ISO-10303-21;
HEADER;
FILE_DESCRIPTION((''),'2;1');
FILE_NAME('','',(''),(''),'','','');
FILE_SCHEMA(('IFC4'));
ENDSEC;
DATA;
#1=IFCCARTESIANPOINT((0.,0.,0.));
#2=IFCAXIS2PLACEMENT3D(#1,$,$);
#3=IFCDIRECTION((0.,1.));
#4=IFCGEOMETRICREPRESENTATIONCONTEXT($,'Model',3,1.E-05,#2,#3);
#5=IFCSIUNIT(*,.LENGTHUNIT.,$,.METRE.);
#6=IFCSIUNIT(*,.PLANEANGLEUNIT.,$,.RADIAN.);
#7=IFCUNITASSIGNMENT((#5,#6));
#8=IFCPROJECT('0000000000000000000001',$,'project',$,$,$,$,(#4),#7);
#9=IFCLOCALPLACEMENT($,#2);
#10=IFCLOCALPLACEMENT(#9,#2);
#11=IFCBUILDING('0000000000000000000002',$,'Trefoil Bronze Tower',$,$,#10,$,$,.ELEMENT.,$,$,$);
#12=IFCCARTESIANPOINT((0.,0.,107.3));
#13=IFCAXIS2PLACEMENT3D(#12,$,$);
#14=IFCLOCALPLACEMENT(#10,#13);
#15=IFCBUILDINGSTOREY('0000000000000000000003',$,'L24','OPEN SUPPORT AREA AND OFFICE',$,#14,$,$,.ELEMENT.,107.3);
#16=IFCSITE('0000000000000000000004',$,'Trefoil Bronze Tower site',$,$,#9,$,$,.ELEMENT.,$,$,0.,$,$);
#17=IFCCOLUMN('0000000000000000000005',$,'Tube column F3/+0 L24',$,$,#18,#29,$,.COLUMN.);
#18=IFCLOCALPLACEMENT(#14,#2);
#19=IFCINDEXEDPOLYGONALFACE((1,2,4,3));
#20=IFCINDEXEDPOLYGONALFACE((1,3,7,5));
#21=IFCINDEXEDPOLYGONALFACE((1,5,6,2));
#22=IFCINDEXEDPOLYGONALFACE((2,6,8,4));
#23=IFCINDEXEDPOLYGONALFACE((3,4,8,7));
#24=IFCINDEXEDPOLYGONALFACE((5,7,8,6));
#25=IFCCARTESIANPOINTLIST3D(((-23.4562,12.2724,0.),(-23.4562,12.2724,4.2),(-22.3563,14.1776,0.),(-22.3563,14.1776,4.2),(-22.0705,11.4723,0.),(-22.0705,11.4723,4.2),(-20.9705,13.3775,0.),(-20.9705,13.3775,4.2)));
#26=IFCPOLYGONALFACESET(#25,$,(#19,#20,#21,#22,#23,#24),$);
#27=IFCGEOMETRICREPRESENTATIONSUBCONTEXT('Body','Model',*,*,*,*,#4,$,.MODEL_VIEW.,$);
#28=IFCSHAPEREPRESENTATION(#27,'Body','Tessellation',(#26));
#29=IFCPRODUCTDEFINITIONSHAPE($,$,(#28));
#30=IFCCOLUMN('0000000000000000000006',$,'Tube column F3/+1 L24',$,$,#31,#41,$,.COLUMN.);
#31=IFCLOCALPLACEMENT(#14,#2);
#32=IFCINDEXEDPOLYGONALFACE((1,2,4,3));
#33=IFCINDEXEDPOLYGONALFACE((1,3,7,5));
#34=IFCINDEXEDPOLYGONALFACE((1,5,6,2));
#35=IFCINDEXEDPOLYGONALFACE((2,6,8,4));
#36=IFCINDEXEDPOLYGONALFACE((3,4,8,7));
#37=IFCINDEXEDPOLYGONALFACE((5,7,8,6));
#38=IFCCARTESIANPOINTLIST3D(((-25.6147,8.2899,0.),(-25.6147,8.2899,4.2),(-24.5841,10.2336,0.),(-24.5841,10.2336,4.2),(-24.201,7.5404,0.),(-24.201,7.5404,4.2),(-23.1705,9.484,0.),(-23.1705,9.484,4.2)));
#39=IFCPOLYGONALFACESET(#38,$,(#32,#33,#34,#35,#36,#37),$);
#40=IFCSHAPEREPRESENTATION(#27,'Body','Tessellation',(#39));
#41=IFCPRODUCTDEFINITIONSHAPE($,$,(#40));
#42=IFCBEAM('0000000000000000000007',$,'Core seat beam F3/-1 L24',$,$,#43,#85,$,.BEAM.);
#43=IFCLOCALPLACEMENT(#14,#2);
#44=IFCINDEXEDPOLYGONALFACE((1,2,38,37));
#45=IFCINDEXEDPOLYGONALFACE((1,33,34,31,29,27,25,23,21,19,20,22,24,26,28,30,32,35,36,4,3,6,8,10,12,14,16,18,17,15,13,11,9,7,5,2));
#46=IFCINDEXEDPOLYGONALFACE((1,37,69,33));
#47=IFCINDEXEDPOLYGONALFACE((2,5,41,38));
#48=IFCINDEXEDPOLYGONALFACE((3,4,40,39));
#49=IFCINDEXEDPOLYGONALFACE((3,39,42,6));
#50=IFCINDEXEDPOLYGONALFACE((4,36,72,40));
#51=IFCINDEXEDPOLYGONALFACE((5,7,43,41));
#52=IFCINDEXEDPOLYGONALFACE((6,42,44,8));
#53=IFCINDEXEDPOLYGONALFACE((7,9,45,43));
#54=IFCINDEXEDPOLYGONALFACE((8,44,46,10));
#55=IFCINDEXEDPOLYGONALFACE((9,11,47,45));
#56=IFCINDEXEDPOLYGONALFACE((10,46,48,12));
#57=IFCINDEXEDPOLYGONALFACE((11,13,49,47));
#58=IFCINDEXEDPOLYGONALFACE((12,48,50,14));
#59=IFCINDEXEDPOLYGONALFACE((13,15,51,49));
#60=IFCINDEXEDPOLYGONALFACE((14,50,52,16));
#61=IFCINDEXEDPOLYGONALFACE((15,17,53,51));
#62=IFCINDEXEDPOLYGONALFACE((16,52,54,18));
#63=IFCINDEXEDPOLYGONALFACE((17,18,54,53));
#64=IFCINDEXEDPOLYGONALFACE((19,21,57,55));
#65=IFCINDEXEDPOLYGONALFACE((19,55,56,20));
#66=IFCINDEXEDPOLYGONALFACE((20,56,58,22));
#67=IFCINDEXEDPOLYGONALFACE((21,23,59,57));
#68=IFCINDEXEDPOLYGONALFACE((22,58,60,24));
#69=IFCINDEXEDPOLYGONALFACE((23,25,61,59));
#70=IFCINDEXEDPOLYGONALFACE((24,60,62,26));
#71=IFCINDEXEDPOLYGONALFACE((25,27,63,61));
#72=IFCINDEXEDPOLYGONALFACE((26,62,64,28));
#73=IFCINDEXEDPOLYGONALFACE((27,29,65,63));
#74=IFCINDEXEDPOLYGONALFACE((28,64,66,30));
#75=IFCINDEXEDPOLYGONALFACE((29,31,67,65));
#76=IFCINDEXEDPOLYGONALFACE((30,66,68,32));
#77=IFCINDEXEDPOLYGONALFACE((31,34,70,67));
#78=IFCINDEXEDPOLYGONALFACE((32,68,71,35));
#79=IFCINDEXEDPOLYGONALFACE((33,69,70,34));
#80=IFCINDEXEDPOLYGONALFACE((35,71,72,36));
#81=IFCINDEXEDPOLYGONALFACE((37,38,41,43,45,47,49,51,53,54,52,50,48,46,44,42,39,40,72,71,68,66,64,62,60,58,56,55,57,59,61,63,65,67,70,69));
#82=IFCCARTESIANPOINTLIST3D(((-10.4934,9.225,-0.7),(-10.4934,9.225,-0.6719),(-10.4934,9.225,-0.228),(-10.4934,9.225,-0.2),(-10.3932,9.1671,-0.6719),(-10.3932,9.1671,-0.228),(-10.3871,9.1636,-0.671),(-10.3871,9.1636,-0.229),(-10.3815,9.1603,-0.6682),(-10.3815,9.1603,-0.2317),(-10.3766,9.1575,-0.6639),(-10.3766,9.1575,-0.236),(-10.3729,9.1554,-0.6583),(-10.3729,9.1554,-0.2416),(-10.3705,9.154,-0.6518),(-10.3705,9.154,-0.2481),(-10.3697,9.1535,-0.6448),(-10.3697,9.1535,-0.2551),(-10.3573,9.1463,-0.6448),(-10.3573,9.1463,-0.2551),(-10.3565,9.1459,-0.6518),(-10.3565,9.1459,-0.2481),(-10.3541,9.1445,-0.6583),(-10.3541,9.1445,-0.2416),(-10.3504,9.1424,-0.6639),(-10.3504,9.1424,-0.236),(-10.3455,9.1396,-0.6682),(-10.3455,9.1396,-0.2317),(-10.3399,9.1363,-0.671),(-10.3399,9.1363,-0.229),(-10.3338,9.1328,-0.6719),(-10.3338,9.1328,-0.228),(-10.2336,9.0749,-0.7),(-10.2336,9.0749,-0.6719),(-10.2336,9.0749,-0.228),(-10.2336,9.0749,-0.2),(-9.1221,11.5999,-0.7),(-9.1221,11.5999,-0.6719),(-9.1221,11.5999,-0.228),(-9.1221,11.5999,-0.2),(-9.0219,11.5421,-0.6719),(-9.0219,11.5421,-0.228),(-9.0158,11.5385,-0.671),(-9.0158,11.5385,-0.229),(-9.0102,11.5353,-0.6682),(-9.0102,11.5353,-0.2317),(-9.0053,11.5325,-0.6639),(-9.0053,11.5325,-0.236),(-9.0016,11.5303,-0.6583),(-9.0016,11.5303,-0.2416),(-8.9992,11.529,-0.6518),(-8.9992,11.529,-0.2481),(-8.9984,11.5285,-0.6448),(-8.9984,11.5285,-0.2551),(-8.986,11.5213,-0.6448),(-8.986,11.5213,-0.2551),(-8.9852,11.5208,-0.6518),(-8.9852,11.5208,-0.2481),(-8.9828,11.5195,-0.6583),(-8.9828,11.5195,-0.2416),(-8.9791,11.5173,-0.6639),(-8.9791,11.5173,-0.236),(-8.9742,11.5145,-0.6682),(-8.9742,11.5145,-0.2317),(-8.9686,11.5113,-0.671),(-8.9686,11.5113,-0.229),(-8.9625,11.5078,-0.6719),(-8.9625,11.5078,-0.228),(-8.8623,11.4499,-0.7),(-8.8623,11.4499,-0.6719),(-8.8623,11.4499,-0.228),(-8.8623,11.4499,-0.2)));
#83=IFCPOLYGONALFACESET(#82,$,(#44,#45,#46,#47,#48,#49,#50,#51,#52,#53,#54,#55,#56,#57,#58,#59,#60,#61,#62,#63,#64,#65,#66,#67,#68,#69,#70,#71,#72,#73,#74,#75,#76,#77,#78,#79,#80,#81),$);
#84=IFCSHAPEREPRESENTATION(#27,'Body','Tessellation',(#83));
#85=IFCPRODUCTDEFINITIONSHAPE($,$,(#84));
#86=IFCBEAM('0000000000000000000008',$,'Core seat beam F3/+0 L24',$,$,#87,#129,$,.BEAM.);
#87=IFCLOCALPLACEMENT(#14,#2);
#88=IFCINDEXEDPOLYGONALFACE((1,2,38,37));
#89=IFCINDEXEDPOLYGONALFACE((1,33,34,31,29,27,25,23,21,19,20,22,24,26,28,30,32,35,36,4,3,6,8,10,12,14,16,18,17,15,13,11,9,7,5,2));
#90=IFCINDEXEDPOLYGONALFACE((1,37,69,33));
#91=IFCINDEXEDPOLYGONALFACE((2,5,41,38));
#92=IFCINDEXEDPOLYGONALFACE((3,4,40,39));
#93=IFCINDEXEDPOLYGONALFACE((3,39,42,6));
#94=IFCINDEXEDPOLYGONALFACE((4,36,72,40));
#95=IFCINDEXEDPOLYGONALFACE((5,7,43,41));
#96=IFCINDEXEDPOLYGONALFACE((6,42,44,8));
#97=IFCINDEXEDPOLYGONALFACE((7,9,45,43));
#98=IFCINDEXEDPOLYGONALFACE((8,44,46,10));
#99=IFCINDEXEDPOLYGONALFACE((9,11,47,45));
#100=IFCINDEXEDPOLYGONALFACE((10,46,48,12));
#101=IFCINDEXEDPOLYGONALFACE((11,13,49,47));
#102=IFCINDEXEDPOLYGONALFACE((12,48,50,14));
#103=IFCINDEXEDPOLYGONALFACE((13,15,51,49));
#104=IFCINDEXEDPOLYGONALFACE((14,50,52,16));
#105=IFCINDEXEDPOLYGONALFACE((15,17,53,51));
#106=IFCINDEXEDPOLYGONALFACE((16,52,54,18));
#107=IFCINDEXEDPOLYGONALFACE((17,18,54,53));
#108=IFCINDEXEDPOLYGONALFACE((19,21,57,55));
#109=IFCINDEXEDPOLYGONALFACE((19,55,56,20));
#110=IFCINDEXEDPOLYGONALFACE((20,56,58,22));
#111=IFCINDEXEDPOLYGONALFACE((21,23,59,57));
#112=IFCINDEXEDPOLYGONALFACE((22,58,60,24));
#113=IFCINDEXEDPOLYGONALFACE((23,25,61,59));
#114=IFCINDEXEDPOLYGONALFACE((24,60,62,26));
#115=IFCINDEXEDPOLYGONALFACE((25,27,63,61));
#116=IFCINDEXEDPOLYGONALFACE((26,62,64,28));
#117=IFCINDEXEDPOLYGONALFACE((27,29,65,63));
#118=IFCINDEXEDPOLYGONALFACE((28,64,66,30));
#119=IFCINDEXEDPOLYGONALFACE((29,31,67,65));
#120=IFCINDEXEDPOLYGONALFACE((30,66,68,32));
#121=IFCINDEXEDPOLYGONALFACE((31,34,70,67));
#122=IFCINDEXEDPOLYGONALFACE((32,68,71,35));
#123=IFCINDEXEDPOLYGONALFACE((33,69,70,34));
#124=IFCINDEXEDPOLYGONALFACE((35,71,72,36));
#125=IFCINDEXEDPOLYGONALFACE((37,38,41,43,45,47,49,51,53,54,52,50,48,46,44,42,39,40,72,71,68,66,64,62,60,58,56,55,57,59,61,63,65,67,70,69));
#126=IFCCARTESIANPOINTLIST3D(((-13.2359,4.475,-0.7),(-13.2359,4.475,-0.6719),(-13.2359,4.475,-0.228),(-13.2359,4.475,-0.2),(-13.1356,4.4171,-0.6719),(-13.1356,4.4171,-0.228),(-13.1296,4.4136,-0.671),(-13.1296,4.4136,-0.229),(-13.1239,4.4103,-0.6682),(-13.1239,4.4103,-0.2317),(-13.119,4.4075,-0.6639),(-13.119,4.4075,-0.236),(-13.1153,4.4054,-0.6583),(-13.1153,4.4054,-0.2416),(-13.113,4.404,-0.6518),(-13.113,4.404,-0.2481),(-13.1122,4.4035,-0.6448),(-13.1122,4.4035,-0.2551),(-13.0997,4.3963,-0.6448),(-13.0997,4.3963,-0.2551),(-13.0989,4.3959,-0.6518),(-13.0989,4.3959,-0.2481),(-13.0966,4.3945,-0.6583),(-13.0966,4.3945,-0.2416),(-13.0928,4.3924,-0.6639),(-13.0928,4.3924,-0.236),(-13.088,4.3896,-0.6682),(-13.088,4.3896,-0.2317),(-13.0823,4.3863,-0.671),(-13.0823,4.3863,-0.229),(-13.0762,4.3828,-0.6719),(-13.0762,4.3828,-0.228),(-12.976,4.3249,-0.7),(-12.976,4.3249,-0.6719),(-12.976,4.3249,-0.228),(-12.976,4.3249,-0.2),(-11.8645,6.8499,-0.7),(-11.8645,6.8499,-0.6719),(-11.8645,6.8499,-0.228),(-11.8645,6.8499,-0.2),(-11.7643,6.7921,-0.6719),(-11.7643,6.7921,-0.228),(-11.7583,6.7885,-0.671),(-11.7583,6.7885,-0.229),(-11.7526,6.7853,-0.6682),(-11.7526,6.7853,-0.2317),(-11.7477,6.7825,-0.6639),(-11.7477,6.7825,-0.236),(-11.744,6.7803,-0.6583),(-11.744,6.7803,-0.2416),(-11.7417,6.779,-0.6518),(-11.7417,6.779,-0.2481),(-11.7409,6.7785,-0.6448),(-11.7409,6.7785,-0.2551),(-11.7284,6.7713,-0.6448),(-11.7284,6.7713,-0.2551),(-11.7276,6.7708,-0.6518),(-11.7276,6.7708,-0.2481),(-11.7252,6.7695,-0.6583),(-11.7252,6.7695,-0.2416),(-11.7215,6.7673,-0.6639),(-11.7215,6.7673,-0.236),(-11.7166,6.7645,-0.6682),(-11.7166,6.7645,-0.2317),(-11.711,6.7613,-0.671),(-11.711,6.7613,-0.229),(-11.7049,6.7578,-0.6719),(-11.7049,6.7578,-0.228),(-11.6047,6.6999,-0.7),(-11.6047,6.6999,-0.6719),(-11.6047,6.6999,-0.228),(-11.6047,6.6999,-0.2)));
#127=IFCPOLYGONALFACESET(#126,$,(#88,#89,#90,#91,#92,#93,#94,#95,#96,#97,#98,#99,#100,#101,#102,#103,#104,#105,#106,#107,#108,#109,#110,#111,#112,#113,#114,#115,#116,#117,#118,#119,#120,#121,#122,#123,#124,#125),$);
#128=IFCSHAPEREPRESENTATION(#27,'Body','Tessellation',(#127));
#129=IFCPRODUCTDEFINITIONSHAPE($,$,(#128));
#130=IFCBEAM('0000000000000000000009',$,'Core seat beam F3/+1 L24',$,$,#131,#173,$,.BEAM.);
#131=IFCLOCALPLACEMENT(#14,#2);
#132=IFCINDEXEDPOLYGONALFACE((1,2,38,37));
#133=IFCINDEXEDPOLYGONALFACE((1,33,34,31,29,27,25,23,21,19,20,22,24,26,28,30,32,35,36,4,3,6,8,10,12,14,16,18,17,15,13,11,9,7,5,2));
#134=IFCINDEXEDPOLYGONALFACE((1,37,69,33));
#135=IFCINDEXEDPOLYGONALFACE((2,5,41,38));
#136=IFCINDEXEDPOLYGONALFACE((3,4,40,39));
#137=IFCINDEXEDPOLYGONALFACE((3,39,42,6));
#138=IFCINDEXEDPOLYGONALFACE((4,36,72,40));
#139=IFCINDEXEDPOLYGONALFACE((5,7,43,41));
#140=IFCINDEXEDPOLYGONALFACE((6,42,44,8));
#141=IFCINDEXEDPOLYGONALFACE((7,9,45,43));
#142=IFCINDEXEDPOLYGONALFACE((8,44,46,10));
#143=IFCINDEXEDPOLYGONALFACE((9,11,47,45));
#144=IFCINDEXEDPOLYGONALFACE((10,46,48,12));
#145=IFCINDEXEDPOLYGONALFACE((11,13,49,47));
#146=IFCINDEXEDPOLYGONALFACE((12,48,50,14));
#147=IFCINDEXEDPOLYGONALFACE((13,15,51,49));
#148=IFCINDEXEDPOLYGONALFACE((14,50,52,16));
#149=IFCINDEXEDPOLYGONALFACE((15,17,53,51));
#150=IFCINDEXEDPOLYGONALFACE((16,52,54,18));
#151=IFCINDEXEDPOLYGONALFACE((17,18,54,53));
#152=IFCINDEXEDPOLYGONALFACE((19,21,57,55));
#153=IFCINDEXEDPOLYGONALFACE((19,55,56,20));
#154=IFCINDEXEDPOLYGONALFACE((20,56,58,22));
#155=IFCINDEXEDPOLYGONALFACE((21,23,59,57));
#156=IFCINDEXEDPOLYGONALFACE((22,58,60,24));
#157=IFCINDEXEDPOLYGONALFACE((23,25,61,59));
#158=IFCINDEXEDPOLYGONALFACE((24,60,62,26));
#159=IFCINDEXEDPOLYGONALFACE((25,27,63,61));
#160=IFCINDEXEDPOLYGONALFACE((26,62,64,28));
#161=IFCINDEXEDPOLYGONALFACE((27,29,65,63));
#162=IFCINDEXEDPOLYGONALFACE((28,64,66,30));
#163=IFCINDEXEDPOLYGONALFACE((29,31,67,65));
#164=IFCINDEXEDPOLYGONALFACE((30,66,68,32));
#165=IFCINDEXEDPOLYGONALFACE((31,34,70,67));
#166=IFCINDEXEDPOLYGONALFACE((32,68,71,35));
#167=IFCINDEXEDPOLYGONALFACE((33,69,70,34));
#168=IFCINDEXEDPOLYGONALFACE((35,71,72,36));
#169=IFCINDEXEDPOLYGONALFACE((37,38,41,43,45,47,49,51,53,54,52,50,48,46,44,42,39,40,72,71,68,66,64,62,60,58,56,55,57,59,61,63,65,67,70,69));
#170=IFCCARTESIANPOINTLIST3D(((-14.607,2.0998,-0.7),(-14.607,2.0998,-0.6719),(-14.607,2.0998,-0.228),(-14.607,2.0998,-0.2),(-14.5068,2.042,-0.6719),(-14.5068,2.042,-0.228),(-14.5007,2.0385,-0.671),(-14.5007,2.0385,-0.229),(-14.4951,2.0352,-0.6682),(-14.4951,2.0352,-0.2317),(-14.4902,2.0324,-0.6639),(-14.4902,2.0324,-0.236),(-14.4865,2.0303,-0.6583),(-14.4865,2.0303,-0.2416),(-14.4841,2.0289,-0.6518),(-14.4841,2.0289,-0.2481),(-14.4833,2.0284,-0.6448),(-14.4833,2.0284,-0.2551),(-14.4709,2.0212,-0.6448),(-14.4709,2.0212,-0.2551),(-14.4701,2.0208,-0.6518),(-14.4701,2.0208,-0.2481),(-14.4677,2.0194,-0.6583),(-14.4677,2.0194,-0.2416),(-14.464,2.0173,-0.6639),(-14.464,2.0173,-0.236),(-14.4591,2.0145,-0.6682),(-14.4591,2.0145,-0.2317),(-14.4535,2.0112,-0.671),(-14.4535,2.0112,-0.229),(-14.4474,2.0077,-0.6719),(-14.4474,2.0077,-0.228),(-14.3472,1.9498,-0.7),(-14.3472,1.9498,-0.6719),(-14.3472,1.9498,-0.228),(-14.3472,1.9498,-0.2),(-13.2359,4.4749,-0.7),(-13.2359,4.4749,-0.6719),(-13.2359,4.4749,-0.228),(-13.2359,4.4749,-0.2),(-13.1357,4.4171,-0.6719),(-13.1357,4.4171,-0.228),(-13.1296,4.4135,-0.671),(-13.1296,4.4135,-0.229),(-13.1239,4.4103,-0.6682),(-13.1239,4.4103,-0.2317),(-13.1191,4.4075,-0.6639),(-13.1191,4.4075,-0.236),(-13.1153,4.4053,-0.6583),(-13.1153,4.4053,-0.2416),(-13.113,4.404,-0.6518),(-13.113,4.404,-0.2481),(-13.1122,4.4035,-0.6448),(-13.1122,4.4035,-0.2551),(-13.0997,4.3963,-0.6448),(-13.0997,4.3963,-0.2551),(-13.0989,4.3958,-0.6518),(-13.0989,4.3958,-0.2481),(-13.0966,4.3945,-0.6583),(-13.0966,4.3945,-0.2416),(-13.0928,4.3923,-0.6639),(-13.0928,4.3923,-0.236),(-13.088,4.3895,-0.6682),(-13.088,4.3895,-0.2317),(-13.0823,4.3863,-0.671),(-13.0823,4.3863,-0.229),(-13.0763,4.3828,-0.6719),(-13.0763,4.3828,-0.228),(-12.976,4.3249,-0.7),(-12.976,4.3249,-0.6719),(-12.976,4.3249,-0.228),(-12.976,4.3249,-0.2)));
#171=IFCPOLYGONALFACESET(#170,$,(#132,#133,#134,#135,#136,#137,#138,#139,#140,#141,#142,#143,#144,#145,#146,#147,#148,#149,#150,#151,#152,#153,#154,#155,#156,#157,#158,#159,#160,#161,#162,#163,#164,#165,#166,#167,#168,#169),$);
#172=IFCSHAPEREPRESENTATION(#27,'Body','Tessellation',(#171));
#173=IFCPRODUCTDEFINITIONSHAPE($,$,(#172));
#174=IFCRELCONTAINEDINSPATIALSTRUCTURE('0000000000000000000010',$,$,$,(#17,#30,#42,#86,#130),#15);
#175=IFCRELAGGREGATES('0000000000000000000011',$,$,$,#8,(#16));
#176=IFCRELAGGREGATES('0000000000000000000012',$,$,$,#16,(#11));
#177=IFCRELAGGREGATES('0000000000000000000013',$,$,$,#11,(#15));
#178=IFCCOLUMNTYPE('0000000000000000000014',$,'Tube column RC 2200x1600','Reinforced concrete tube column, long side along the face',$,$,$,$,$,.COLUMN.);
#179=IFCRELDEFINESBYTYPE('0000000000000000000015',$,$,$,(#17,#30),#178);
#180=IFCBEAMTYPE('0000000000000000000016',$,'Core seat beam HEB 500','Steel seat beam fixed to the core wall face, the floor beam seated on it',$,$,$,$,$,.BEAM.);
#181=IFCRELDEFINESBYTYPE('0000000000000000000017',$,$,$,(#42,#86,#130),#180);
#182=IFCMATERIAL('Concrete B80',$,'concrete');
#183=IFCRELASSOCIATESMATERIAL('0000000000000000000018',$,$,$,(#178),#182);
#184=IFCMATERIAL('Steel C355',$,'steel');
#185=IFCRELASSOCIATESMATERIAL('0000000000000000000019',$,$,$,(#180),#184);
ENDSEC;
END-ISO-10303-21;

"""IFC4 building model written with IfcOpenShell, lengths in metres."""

from ifc_helpers import new_model, si_unit, direction, frame, origin, origin_2d, place, context, subcontext, project, spatial, rectangle, i_section, extrude, material, material_profile, profile_set, type_object, element, save


model = new_model("IFC4")

# Units and contexts
model_context = context("Model", 3, precision=1e-05, world=origin(), true_north=direction((0.0, 1.0)))
body_context = subcontext(model_context, "Body", "Model", "MODEL_VIEW")
ifc_project = project(units=[si_unit("LENGTHUNIT", "METRE"), si_unit("PLANEANGLEUNIT", "RADIAN")], contexts=[model_context])

# Site, building, storey
site_placement = place(None, origin())
site = spatial("IfcSite", under=ifc_project, at=site_placement, Name="Trefoil Bronze Tower site", CompositionType="ELEMENT", RefElevation=0.0)
building_placement = place(site_placement, origin())
building = spatial("IfcBuilding", under=site, at=building_placement, Name="Trefoil Bronze Tower", CompositionType="ELEMENT")
storey_placement = place(building_placement, frame((0.0, 0.0, 107.3)))
storey = spatial("IfcBuildingStorey", under=building, at=storey_placement, Name="L24", Description="OPEN SUPPORT AREA AND OFFICE", CompositionType="ELEMENT", Elevation=107.3)

# Columns
ifc_material_1 = material(Name="Concrete B80", Category="concrete")
ifc_material_profile_1 = material_profile(ifc_material_1, rectangle(XDim=2.2, YDim=1.6001, at=origin_2d()), Name="RC 2200x1600")
ifc_profile_set_1 = profile_set([ifc_material_profile_1], Name="Concrete B80")
column_type = type_object("IfcColumnType", Name="Tube column RC 2200x1600", Description="Reinforced concrete tube column, long side along the face", PredefinedType="COLUMN", material=ifc_profile_set_1)
for number, where, z_axis, x_axis, name in (
    (1, (-22.2134, 12.825, 0.0), (0.0, 0.0, 1.0), (-0.5, -0.866025, 0.0), "Tube column F3/+0 L24"),
    (2, (-24.3926, 8.887, 0.0), (0.0, 0.0, 1.0), (-0.468457, -0.883486, 0.0), "Tube column F3/+1 L24"),
):
    element("IfcColumn", number, at=place(storey_placement, frame(where, z_axis=z_axis, x_axis=x_axis)), inside=storey, type_object=column_type, Name=name, PredefinedType="COLUMN", context=body_context, shape_type="SweptSolid", body=[
        extrude(rectangle(XDim=2.2, YDim=1.6001, at=origin_2d()), origin(), (0.0, 0.0, 1.0), 4.2),
    ])

# Beams
ifc_material_2 = material(Name="Steel C355", Category="steel")
ifc_material_profile_2 = material_profile(ifc_material_2, i_section(OverallWidth=0.3, OverallDepth=0.5, WebThickness=0.0144, FlangeThickness=0.0281, FilletRadius=0.0271, at=origin_2d()), Name="HEB 500")
ifc_profile_set_2 = profile_set([ifc_material_profile_2], Name="Steel C355")
beam_type_1 = type_object("IfcBeamType", Name="Core seat beam HEB 500", Description="Steel seat beam fixed to the core wall face, the floor beam seated on it", PredefinedType="BEAM", material=ifc_profile_set_2)
for number, where, z_axis, x_axis, name in (
    (3, (-8.9922, 11.5249, -0.45), (-0.500036, -0.866005, 0.0), (0.866005, -0.500036, 0.0), "Core seat beam F3/-1 L24"),
    (4, (-11.7346, 6.7749, -0.45), (-0.500036, -0.866005, 0.0), (0.866005, -0.500036, 0.0), "Core seat beam F3/+0 L24"),
    (5, (-13.106, 4.3999, -0.45), (-0.499969, -0.866043, 0.0), (0.866043, -0.499969, 0.0), "Core seat beam F3/+1 L24"),
):
    element("IfcBeam", number, at=place(storey_placement, frame(where, z_axis=z_axis, x_axis=x_axis)), inside=storey, type_object=beam_type_1, Name=name, PredefinedType="BEAM", context=body_context, shape_type="SweptSolid", body=[
        extrude(i_section(OverallWidth=0.3, OverallDepth=0.5, WebThickness=0.0144, FlangeThickness=0.0281, FilletRadius=0.0271, at=origin_2d()), origin(), (0.0, 0.0, 1.0), 2.7424),
    ])

save(model, "model.ifc")
